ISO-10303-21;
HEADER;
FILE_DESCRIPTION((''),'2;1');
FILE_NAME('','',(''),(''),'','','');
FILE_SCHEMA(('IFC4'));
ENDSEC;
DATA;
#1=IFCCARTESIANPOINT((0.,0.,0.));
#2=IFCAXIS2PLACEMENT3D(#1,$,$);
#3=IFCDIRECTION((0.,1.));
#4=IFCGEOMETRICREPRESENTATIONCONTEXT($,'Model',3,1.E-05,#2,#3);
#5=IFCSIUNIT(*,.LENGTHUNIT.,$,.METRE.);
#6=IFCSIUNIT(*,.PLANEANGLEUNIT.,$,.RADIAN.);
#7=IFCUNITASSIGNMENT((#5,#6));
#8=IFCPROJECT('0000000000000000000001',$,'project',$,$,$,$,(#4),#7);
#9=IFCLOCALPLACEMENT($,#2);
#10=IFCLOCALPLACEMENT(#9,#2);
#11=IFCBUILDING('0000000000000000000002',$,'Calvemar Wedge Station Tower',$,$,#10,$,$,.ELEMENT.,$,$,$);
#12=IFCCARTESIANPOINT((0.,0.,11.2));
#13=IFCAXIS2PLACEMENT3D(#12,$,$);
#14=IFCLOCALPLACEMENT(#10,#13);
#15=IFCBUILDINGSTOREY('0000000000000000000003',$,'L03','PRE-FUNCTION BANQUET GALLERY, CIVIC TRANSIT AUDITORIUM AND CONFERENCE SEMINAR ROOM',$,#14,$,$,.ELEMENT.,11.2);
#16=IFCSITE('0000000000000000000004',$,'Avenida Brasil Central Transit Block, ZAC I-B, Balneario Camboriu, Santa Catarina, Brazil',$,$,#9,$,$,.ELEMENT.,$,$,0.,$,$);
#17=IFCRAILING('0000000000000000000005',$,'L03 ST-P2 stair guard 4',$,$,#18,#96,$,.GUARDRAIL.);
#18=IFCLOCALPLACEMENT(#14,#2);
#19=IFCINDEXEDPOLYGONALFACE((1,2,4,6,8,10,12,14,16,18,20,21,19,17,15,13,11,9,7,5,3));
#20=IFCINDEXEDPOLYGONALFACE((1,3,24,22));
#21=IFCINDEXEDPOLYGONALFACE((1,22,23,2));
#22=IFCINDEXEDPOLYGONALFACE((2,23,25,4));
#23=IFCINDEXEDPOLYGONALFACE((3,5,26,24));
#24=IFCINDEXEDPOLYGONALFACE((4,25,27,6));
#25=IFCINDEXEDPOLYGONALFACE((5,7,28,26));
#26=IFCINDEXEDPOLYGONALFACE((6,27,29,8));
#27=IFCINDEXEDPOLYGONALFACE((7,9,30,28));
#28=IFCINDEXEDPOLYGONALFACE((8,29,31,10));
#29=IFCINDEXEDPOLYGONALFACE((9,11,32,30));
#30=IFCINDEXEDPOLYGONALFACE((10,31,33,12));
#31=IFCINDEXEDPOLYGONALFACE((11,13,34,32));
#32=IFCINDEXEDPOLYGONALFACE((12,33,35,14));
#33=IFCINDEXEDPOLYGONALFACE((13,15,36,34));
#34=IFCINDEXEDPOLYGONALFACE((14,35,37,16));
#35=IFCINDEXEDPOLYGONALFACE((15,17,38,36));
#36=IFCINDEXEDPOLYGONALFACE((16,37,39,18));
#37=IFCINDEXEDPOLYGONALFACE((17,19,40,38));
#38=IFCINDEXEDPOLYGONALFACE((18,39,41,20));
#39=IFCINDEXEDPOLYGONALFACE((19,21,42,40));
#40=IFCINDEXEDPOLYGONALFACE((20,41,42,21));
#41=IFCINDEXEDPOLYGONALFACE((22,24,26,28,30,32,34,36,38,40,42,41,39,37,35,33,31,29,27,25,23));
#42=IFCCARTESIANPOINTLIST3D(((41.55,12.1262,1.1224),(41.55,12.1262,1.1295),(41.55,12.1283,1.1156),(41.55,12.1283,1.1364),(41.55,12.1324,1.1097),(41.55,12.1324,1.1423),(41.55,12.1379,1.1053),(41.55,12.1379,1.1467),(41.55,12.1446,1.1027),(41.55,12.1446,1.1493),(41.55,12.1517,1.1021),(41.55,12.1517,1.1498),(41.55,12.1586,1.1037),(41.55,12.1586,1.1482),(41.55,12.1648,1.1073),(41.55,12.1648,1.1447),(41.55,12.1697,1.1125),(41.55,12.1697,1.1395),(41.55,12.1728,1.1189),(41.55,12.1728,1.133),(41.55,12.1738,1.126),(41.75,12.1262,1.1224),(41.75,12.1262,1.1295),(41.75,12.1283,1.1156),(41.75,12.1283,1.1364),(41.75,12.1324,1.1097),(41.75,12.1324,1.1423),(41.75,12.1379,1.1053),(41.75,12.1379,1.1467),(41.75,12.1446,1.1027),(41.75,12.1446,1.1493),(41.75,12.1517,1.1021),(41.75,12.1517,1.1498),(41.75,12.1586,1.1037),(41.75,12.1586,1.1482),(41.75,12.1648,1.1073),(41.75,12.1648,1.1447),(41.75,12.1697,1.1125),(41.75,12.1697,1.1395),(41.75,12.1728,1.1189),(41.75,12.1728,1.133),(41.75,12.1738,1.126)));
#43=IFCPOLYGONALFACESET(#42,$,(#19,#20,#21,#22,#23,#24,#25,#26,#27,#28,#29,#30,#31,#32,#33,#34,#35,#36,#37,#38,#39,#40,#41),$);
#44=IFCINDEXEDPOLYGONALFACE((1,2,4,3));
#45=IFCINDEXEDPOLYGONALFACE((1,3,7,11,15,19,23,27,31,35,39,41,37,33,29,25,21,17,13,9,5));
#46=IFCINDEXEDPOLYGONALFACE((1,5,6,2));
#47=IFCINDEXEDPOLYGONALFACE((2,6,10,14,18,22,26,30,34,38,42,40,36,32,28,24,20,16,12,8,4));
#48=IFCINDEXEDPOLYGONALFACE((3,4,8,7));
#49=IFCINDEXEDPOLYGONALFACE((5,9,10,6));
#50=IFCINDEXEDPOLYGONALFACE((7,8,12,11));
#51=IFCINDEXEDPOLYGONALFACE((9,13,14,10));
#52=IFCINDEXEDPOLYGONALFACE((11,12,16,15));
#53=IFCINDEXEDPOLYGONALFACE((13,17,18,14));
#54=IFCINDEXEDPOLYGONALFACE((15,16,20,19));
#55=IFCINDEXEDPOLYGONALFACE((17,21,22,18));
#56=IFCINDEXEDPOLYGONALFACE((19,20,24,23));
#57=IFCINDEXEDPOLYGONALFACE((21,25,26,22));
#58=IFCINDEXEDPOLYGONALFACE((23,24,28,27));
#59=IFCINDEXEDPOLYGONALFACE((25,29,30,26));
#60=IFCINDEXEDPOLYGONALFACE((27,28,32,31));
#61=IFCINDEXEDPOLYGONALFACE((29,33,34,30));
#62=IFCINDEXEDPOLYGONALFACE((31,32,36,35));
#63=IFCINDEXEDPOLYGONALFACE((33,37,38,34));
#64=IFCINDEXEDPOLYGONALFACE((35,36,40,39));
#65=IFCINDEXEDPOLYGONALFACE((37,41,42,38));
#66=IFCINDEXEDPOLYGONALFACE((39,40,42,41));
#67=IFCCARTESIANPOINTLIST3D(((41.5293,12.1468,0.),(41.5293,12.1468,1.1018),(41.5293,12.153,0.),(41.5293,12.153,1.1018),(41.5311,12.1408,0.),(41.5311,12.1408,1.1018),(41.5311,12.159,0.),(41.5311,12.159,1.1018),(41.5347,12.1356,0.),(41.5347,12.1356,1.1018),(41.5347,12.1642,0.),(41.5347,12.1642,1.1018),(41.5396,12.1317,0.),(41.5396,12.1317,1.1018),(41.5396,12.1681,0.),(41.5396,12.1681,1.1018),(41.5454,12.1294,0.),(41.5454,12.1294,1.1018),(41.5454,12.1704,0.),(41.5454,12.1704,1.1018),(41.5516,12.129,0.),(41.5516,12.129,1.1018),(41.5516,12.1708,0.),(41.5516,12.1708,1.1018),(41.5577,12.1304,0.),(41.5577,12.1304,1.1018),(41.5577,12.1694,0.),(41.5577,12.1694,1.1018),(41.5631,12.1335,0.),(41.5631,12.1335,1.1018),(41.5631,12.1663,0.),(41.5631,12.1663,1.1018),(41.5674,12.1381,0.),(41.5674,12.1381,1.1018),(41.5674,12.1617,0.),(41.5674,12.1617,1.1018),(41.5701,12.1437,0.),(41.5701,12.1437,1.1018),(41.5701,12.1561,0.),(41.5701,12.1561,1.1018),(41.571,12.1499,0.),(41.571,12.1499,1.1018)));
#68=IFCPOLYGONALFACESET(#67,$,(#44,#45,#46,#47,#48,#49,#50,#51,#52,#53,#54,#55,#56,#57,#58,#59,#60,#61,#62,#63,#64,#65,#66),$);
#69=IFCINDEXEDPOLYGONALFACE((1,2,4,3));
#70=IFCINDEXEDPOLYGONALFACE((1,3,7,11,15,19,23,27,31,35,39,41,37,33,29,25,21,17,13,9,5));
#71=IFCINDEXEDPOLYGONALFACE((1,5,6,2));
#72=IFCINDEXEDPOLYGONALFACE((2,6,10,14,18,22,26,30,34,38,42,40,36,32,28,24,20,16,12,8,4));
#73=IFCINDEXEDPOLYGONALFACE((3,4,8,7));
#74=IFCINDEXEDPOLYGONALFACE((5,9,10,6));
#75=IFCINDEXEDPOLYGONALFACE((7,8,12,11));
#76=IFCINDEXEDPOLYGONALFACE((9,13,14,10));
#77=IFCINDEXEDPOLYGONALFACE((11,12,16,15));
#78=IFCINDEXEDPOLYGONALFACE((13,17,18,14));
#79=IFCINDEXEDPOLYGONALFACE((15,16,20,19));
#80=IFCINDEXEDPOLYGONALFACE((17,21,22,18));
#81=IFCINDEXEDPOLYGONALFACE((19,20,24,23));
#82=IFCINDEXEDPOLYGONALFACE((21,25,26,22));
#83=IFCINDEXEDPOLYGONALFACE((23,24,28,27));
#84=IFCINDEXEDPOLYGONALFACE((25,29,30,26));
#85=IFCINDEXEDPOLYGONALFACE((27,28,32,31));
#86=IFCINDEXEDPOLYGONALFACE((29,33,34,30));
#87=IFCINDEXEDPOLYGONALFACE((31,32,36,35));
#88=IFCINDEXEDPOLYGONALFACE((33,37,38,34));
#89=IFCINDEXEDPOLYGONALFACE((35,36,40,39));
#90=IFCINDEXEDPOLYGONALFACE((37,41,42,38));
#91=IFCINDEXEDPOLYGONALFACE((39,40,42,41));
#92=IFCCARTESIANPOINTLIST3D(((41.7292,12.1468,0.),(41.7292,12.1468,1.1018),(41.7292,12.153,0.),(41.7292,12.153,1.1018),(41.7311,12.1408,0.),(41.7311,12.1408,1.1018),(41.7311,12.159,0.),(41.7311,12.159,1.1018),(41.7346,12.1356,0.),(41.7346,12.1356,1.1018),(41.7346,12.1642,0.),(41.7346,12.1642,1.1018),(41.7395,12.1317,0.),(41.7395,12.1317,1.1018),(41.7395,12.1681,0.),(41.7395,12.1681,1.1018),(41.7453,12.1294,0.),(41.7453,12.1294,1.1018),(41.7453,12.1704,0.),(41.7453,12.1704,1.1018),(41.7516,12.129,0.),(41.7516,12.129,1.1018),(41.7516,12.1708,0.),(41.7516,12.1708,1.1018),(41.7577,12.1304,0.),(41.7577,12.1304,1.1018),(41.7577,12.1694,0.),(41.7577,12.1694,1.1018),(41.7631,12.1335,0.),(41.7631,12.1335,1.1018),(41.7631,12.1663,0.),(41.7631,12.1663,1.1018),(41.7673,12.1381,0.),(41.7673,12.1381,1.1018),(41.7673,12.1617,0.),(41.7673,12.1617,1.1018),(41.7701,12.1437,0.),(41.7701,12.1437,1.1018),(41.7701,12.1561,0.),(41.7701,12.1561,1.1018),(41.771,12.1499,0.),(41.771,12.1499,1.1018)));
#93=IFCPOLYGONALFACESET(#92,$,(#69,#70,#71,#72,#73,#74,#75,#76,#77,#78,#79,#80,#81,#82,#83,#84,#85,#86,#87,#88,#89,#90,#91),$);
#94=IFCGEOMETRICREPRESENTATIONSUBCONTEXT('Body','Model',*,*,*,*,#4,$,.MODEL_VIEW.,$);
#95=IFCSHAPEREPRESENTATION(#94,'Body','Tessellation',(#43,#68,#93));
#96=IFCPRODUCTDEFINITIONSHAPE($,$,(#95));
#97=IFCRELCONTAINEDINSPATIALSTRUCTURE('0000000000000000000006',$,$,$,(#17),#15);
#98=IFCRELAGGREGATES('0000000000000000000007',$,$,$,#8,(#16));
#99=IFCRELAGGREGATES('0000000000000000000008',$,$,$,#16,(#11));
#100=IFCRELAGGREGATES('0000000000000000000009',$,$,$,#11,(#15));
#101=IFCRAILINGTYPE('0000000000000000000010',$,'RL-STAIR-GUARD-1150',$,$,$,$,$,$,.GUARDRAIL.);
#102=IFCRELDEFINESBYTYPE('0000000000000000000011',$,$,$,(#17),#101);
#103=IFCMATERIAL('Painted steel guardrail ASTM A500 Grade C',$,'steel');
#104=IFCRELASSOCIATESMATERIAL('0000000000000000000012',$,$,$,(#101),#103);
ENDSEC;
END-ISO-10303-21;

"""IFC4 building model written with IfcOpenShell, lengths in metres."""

from ifc_helpers import new_model, si_unit, direction, frame, origin, origin_2d, place, context, subcontext, project, spatial, circle, extrude, material, type_object, element, save


model = new_model("IFC4")

# Units and contexts
model_context = context("Model", 3, precision=1e-05, world=origin(), true_north=direction((0.0, 1.0)))
body_context = subcontext(model_context, "Body", "Model", "MODEL_VIEW")
ifc_project = project(units=[si_unit("LENGTHUNIT", "METRE"), si_unit("PLANEANGLEUNIT", "RADIAN")], contexts=[model_context])

# Site, building, storey
site_placement = place(None, origin())
site = spatial("IfcSite", under=ifc_project, at=site_placement, Name="Avenida Brasil Central Transit Block, ZAC I-B, Balneario Camboriu, Santa Catarina, Brazil", CompositionType="ELEMENT", RefElevation=0.0)
building_placement = place(site_placement, origin())
building = spatial("IfcBuilding", under=site, at=building_placement, Name="Calvemar Wedge Station Tower", CompositionType="ELEMENT")
storey_placement = place(building_placement, frame((0.0, 0.0, 11.2)))
storey = spatial("IfcBuildingStorey", under=building, at=storey_placement, Name="L03", Description="PRE-FUNCTION BANQUET GALLERY, CIVIC TRANSIT AUDITORIUM AND CONFERENCE SEMINAR ROOM", CompositionType="ELEMENT", Elevation=11.2)

# Railing
ifc_material_1 = material(Name="Painted steel guardrail ASTM A500 Grade C", Category="steel")
railing_type_1 = type_object("IfcRailingType", Name="RL-STAIR-GUARD-1150", PredefinedType="GUARDRAIL", material=ifc_material_1)
railing_1_placement = place(storey_placement, frame((41.55, 12.1499, 0.0)))
element("IfcRailing", 1, at=railing_1_placement, inside=storey, type_object=railing_type_1, Name="L03 ST-P2 stair guard 4", PredefinedType="GUARDRAIL", context=body_context, shape_type="SweptSolid", body=[
    extrude(circle(Radius=0.0239, at=origin_2d()), frame((0.0, 0.0, 1.126), z_axis=(1.0, 0.0, 0.0), x_axis=(0.0, 1.0, 0.0)), (0.0, 0.0, 1.0), 0.2),
    extrude(circle(Radius=0.021, at=origin_2d()), origin(), (0.0, 0.0, 1.0), 1.1018),
    extrude(circle(Radius=0.021, at=origin_2d()), frame((0.2, 0.0, 0.0)), (0.0, 0.0, 1.0), 1.1018),
])

save(model, "model.ifc")
